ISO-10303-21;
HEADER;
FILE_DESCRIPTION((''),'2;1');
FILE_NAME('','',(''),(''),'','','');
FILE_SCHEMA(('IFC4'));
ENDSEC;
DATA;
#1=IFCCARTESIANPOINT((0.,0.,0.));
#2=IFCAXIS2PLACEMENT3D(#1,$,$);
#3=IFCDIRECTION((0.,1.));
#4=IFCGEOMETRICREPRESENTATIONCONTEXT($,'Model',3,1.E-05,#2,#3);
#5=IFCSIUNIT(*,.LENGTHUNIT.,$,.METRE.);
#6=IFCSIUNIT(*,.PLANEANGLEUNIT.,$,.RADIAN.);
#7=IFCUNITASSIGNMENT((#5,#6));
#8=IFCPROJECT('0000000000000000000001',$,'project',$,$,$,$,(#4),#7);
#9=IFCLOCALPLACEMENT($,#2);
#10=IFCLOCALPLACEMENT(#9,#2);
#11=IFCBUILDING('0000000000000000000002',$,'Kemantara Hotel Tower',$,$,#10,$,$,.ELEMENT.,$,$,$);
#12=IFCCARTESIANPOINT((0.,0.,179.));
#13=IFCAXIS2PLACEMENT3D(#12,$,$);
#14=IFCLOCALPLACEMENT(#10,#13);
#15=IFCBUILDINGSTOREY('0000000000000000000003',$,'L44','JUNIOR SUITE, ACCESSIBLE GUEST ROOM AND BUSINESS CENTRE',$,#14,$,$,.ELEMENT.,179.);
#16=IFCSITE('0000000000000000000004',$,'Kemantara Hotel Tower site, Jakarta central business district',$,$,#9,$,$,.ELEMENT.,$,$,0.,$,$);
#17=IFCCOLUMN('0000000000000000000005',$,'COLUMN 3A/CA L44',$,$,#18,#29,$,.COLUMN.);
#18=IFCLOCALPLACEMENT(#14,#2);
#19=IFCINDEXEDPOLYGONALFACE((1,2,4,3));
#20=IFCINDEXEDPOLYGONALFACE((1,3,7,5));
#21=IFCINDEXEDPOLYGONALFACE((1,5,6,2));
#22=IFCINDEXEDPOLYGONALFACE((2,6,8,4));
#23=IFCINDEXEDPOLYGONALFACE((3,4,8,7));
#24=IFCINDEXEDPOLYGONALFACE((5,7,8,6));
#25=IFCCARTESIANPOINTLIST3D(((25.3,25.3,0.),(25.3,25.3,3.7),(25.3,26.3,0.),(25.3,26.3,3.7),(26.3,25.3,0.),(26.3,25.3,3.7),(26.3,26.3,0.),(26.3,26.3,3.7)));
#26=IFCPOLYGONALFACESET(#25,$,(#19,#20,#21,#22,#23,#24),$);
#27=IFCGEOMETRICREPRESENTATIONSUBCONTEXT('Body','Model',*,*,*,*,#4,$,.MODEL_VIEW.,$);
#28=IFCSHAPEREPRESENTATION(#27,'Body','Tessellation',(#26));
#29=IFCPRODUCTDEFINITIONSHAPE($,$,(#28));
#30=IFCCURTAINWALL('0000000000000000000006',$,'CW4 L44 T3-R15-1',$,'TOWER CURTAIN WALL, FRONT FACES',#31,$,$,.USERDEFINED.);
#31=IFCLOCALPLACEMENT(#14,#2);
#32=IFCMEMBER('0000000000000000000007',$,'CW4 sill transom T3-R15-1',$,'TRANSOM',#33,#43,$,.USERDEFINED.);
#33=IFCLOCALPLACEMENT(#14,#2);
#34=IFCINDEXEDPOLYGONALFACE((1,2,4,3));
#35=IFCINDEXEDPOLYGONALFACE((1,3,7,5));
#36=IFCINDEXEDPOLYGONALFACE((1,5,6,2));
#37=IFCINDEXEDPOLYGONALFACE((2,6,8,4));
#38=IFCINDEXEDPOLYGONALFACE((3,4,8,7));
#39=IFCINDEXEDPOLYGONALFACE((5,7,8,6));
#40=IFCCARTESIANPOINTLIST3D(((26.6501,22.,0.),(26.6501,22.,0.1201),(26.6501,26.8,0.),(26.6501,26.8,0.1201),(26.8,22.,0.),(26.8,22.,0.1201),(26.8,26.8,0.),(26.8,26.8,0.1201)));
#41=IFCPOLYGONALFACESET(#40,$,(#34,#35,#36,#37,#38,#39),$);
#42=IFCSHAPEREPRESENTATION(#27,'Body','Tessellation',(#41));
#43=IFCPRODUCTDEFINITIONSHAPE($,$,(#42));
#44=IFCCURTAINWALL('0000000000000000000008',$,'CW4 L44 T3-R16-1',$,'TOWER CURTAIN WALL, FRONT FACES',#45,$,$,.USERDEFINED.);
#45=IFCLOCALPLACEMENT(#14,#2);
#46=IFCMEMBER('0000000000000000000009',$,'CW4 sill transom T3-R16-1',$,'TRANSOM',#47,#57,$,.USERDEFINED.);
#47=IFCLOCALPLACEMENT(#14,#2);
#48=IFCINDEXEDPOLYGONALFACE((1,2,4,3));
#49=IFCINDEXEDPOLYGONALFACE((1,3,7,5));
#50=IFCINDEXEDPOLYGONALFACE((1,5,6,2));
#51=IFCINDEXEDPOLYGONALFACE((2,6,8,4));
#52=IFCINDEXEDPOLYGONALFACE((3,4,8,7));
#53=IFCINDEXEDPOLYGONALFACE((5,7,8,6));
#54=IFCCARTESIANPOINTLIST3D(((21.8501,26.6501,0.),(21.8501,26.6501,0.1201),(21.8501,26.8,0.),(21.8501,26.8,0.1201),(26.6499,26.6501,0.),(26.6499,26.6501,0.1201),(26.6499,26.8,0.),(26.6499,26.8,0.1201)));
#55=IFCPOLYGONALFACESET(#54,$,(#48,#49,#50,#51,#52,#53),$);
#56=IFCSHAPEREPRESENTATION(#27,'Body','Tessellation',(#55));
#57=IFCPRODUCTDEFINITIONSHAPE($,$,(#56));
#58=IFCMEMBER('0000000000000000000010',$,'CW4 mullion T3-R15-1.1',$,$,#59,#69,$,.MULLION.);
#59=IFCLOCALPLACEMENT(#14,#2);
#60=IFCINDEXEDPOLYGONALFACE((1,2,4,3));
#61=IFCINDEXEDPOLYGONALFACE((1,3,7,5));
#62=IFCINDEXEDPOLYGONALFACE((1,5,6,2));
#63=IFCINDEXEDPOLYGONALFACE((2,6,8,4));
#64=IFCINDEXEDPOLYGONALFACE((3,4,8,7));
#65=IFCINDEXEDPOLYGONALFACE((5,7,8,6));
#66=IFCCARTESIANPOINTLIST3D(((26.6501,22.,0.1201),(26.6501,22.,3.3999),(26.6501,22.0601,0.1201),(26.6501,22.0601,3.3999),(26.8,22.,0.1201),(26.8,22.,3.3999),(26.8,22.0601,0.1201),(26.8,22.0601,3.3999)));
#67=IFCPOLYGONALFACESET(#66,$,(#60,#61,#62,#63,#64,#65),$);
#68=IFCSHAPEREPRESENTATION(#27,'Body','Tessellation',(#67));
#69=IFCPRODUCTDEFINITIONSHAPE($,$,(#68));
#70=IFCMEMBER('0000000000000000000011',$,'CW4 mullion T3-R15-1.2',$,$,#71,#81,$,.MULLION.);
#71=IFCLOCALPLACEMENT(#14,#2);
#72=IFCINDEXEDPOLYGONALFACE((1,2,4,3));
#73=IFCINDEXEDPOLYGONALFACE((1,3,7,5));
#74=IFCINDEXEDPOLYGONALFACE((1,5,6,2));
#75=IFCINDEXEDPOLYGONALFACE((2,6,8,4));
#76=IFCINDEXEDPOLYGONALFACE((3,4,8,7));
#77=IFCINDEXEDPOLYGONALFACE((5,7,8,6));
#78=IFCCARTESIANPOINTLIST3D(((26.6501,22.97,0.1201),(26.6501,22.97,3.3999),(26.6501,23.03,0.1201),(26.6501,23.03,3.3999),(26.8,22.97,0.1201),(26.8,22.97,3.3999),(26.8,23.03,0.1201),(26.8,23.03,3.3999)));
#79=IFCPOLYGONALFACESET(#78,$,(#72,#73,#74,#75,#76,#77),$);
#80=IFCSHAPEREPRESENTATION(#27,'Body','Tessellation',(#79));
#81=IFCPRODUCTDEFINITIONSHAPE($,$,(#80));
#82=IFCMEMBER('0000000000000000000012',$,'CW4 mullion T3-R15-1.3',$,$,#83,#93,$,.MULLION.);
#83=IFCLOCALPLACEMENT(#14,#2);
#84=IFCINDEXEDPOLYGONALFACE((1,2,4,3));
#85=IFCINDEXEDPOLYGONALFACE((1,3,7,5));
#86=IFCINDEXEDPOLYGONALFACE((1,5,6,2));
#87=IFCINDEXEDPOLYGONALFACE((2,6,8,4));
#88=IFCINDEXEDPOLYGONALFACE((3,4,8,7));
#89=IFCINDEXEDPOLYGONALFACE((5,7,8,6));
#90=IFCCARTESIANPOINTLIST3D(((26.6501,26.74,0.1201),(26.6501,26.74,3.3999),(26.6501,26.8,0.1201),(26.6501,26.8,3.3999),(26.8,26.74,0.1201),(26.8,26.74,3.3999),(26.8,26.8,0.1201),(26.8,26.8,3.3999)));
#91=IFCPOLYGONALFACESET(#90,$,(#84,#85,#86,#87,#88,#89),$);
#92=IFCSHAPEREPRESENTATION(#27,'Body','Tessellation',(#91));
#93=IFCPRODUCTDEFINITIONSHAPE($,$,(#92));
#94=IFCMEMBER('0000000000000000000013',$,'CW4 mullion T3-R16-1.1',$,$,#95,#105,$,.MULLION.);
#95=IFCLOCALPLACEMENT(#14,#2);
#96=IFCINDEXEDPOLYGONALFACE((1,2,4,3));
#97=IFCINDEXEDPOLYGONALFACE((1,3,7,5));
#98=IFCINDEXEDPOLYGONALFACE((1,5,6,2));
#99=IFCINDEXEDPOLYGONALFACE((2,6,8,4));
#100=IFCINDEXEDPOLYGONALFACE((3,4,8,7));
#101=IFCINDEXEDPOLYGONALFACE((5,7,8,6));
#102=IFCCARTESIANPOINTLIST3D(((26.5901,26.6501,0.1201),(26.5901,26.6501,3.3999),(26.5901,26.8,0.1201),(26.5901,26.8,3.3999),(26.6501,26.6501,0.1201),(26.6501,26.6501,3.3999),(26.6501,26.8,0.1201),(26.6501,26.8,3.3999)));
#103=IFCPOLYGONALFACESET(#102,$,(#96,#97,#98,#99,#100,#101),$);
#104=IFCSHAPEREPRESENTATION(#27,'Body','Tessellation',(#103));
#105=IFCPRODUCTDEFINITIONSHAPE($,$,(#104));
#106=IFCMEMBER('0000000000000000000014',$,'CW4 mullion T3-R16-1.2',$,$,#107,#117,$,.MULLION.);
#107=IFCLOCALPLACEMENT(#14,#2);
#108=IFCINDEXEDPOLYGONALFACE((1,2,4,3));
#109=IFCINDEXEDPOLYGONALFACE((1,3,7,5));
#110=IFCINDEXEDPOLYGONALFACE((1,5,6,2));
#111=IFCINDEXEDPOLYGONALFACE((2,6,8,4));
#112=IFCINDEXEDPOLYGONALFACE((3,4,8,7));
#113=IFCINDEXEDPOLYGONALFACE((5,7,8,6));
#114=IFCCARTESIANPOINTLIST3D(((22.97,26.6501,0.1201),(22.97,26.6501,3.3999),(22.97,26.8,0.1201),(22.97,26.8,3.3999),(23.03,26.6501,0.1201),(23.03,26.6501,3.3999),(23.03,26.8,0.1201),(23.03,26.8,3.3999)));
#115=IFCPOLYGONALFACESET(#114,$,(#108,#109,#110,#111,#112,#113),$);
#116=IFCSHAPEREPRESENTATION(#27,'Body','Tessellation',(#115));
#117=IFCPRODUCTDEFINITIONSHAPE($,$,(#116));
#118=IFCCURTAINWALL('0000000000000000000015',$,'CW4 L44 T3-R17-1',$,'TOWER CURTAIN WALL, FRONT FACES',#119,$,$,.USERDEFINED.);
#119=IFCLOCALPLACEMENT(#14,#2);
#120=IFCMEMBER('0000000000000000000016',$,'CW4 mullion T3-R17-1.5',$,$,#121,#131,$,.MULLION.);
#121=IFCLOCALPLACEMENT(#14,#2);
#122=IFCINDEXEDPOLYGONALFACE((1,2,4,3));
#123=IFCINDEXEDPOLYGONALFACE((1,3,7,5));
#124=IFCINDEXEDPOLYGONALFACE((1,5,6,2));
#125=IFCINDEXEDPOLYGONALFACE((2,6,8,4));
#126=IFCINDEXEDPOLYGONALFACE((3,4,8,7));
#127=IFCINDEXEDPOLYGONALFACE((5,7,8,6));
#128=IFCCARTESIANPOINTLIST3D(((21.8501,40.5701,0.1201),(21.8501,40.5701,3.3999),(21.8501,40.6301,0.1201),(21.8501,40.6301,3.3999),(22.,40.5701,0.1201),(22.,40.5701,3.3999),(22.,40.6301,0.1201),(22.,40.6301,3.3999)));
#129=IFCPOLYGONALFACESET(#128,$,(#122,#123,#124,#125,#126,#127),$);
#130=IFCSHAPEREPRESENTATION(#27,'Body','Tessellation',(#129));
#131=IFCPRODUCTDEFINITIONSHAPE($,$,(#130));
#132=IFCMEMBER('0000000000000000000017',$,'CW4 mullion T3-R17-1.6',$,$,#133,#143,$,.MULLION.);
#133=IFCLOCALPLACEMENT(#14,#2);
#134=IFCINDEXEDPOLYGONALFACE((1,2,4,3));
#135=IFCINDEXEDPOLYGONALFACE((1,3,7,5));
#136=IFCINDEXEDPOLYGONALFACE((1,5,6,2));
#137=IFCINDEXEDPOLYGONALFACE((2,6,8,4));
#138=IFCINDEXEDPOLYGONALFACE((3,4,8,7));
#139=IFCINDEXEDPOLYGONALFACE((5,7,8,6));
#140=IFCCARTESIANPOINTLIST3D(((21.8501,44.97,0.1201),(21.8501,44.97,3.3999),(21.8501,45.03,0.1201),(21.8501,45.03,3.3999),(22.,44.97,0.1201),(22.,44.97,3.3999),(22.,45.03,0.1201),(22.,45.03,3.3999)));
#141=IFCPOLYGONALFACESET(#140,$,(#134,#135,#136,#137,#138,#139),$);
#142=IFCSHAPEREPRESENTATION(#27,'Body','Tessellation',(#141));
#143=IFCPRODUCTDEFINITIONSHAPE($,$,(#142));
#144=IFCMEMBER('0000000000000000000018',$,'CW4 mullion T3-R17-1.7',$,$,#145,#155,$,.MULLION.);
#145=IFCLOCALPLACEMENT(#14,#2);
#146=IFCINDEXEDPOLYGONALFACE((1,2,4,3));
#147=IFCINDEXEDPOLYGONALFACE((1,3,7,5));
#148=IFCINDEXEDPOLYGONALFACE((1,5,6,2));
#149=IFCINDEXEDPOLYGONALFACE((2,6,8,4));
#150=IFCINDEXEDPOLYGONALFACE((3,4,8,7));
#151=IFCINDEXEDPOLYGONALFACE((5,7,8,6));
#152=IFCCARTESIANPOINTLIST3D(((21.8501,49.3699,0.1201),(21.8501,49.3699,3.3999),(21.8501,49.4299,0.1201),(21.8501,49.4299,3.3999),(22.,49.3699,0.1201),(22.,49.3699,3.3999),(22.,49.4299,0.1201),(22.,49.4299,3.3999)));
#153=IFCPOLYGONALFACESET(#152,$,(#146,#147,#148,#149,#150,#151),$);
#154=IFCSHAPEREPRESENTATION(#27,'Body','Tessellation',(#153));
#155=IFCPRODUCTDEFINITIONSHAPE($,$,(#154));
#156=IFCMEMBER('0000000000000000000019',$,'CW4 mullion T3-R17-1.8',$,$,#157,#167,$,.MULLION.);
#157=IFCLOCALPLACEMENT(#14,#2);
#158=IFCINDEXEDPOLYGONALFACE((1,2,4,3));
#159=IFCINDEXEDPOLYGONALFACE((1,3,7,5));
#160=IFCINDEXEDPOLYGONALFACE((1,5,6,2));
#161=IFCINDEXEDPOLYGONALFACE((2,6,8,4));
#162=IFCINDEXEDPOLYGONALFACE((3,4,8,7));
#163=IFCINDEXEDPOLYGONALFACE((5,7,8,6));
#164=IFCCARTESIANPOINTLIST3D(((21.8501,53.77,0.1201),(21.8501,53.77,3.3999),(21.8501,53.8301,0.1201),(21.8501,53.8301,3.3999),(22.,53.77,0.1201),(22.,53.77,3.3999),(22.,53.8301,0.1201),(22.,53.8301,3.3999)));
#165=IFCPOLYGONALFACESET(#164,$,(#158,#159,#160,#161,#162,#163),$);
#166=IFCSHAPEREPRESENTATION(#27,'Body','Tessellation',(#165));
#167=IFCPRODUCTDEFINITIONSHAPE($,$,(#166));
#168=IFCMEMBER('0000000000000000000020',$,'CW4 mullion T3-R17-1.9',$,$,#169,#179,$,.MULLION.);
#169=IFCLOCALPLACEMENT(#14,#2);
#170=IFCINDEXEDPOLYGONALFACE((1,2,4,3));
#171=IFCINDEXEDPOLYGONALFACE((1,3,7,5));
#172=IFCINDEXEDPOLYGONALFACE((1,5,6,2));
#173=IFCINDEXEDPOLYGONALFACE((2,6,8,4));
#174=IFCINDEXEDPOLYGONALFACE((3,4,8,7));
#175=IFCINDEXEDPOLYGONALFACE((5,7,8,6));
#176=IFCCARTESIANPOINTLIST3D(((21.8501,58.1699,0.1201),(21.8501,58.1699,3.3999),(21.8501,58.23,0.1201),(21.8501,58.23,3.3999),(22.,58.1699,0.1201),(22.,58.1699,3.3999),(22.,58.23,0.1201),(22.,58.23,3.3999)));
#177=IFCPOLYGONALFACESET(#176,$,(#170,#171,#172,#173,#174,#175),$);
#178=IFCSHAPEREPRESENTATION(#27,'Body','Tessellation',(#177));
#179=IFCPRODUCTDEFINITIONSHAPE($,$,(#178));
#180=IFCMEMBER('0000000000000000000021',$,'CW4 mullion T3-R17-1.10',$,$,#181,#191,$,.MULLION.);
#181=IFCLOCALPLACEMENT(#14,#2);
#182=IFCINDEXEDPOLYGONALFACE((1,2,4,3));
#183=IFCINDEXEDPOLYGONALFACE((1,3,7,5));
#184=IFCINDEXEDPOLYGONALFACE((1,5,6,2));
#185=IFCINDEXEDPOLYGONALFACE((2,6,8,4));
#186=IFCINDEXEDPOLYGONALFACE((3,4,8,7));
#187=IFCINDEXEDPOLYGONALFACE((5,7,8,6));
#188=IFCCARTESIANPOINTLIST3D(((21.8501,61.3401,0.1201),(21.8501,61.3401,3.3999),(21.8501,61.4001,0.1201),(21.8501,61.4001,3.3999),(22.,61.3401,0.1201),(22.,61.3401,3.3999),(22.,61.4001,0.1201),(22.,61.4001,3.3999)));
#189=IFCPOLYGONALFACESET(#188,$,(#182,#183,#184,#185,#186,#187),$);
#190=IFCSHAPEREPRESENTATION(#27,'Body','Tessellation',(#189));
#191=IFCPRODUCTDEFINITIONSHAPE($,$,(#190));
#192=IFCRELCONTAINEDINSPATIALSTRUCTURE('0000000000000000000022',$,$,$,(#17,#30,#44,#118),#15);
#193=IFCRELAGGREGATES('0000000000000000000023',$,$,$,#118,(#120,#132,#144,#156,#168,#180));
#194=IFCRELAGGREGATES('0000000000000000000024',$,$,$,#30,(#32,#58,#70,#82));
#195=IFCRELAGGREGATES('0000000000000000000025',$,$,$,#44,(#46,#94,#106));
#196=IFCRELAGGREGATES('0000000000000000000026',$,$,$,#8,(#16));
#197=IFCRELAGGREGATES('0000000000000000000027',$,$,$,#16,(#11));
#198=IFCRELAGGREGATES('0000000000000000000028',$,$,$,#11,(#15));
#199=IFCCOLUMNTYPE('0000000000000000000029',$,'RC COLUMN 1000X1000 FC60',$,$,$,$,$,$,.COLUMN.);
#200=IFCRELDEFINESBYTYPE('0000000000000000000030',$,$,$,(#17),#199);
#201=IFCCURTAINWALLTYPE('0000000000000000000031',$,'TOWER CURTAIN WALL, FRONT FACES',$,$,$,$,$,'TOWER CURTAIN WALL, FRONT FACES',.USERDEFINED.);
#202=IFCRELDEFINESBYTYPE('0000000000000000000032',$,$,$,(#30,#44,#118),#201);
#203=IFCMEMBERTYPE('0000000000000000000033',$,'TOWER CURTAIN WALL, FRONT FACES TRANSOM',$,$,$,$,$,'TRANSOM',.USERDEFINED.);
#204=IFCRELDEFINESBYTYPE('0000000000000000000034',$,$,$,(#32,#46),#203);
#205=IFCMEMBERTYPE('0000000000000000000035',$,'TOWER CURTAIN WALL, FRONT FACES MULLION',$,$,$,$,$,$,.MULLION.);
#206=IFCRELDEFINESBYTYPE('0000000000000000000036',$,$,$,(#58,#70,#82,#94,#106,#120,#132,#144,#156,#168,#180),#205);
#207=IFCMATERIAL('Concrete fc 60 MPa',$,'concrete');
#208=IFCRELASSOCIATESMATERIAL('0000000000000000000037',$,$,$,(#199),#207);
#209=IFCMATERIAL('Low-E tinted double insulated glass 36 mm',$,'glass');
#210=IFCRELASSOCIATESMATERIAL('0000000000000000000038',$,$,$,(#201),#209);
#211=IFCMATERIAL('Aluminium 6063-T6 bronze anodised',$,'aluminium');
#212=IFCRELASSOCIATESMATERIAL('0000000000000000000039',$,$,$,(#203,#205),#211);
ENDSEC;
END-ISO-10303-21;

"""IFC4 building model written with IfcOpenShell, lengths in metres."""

from ifc_helpers import new_model, si_unit, direction, frame, origin, origin_2d, place, context, subcontext, project, spatial, rectangle, extrude, source, transform, mapped, material, material_profile, profile_set, type_object, element, aggregate, save


model = new_model("IFC4")

# Units and contexts
model_context = context("Model", 3, precision=1e-05, world=origin(), true_north=direction((0.0, 1.0)))
body_context = subcontext(model_context, "Body", "Model", "MODEL_VIEW")
ifc_project = project(units=[si_unit("LENGTHUNIT", "METRE"), si_unit("PLANEANGLEUNIT", "RADIAN")], contexts=[model_context])

# Site, building, storey
site_placement = place(None, origin())
site = spatial("IfcSite", under=ifc_project, at=site_placement, Name="Kemantara Hotel Tower site, Jakarta central business district", CompositionType="ELEMENT", RefElevation=0.0)
building_placement = place(site_placement, origin())
building = spatial("IfcBuilding", under=site, at=building_placement, Name="Kemantara Hotel Tower", CompositionType="ELEMENT")
storey_placement = place(building_placement, frame((0.0, 0.0, 179.0)))
storey = spatial("IfcBuildingStorey", under=building, at=storey_placement, Name="L44", Description="JUNIOR SUITE, ACCESSIBLE GUEST ROOM AND BUSINESS CENTRE", CompositionType="ELEMENT", Elevation=179.0)

# Column
ifc_material_1 = material(Name="Concrete fc 60 MPa", Category="concrete")
ifc_material_profile_1 = material_profile(ifc_material_1, rectangle(XDim=1.0, YDim=1.0, at=origin_2d()), Name="RC 1000X1000")
ifc_profile_set_1 = profile_set([ifc_material_profile_1], Name="Concrete fc 60 MPa")
column_type = type_object("IfcColumnType", Name="RC COLUMN 1000X1000 FC60", PredefinedType="COLUMN", material=ifc_profile_set_1)
column_placement = place(storey_placement, frame((25.8, 25.8, 0.0), z_axis=(0.0, 0.0, 1.0), x_axis=(1.0, 0.0, 0.0)))
element("IfcColumn", 1, at=column_placement, inside=storey, type_object=column_type, Name="COLUMN 3A/CA L44", PredefinedType="COLUMN", context=body_context, shape_type="SweptSolid", body=[
    extrude(rectangle(XDim=1.0, YDim=1.0, at=origin_2d()), origin(), (0.0, 0.0, 1.0), 3.7),
])

# Curtain walls, members
ifc_material_2 = material(Name="Low-E tinted double insulated glass 36 mm", Category="glass")
curtain_wall_type = type_object("IfcCurtainWallType", Name="TOWER CURTAIN WALL, FRONT FACES", ElementType="TOWER CURTAIN WALL, FRONT FACES", PredefinedType="USERDEFINED", material=ifc_material_2)
curtain_wall_1_placement = place(storey_placement, origin())
curtain_wall_1 = element("IfcCurtainWall", 2, at=curtain_wall_1_placement, inside=storey, type_object=curtain_wall_type, Name="CW4 L44 T3-R15-1", ObjectType="TOWER CURTAIN WALL, FRONT FACES", PredefinedType="USERDEFINED")
ifc_material_3 = material(Name="Aluminium 6063-T6 bronze anodised", Category="aluminium")
ifc_material_profile_2 = material_profile(ifc_material_3, rectangle(XDim=0.1499, YDim=0.1201, at=origin_2d()), Name="TOWER CURTAIN WALL, FRONT FACES TRANSOM")
ifc_profile_set_2 = profile_set([ifc_material_profile_2], Name="Aluminium 6063-T6 bronze anodised")
member_type_1 = type_object("IfcMemberType", Name="TOWER CURTAIN WALL, FRONT FACES TRANSOM", ElementType="TRANSOM", PredefinedType="USERDEFINED", material=ifc_profile_set_2)
member_1_placement = place(storey_placement, frame((26.7251, 22.0, 0.0601), z_axis=(0.0, 1.0, 0.0), x_axis=(-1.0, 0.0, 0.0)))
member_1 = element("IfcMember", 3, at=member_1_placement, type_object=member_type_1, Name="CW4 sill transom T3-R15-1", ObjectType="TRANSOM", PredefinedType="USERDEFINED", context=body_context, shape_type="SweptSolid", body=[
    extrude(rectangle(XDim=0.1499, YDim=0.1201, at=origin_2d()), origin(), (0.0, 0.0, 1.0), 4.8),
])
curtain_wall_2_placement = place(storey_placement, origin())
curtain_wall_2 = element("IfcCurtainWall", 4, at=curtain_wall_2_placement, inside=storey, type_object=curtain_wall_type, Name="CW4 L44 T3-R16-1", ObjectType="TOWER CURTAIN WALL, FRONT FACES", PredefinedType="USERDEFINED")
member_2_placement = place(storey_placement, frame((26.6499, 26.7251, 0.0601), z_axis=(-1.0, 0.0, 0.0), x_axis=(0.0, -1.0, 0.0)))
member_2 = element("IfcMember", 5, at=member_2_placement, type_object=member_type_1, Name="CW4 sill transom T3-R16-1", ObjectType="TRANSOM", PredefinedType="USERDEFINED", context=body_context, shape_type="SweptSolid", body=[
    extrude(rectangle(XDim=0.1499, YDim=0.1201, at=origin_2d()), origin(), (0.0, 0.0, 1.0), 4.7998),
])

# Members
ifc_material_profile_3 = material_profile(ifc_material_3, rectangle(XDim=0.1499, YDim=0.0601, at=origin_2d()), Name="TOWER CURTAIN WALL, FRONT FACES MULLION")
ifc_profile_set_3 = profile_set([ifc_material_profile_3], Name="Aluminium 6063-T6 bronze anodised")
member_type_2 = type_object("IfcMemberType", Name="TOWER CURTAIN WALL, FRONT FACES MULLION", PredefinedType="MULLION", material=ifc_profile_set_3)
shared_shape_1 = source(origin(), body_context, "Body", "SweptSolid", [
    extrude(rectangle(XDim=0.1499, YDim=0.0601, at=origin_2d()), origin(), (0.0, 0.0, 1.0), 3.2798),
])
member_3_placement = place(storey_placement, frame((26.7251, 22.03, 0.1201), z_axis=(0.0, 0.0, 1.0), x_axis=(-1.0, 0.0, 0.0)))
member_3 = element("IfcMember", 6, at=member_3_placement, type_object=member_type_2, Name="CW4 mullion T3-R15-1.1", PredefinedType="MULLION", context=body_context, shape_type="MappedRepresentation", body=[
    mapped(shared_shape_1, transform((0.0, 0.0, 0.0))),
])
member_4_placement = place(storey_placement, frame((26.7251, 23.0, 0.1201), z_axis=(0.0, 0.0, 1.0), x_axis=(-1.0, 0.0, 0.0)))
member_4 = element("IfcMember", 7, at=member_4_placement, type_object=member_type_2, Name="CW4 mullion T3-R15-1.2", PredefinedType="MULLION", context=body_context, shape_type="MappedRepresentation", body=[
    mapped(shared_shape_1, transform((0.0, 0.0, 0.0))),
])
member_5_placement = place(storey_placement, frame((26.7251, 26.77, 0.1201), z_axis=(0.0, 0.0, 1.0), x_axis=(-1.0, 0.0, 0.0)))
member_5 = element("IfcMember", 8, at=member_5_placement, type_object=member_type_2, Name="CW4 mullion T3-R15-1.3", PredefinedType="MULLION", context=body_context, shape_type="MappedRepresentation", body=[
    mapped(shared_shape_1, transform((0.0, 0.0, 0.0))),
])
member_6_placement = place(storey_placement, frame((26.6201, 26.7251, 0.1201), z_axis=(0.0, 0.0, 1.0), x_axis=(0.0, -1.0, 0.0)))
member_6 = element("IfcMember", 9, at=member_6_placement, type_object=member_type_2, Name="CW4 mullion T3-R16-1.1", PredefinedType="MULLION", context=body_context, shape_type="MappedRepresentation", body=[
    mapped(shared_shape_1, transform((0.0, 0.0, 0.0))),
])
member_7_placement = place(storey_placement, frame((23.0, 26.7251, 0.1201), z_axis=(0.0, 0.0, 1.0), x_axis=(0.0, -1.0, 0.0)))
member_7 = element("IfcMember", 10, at=member_7_placement, type_object=member_type_2, Name="CW4 mullion T3-R16-1.2", PredefinedType="MULLION", context=body_context, shape_type="MappedRepresentation", body=[
    mapped(shared_shape_1, transform((0.0, 0.0, 0.0))),
])

# Curtain wall, members
curtain_wall_3_placement = place(storey_placement, origin())
curtain_wall_3 = element("IfcCurtainWall", 11, at=curtain_wall_3_placement, inside=storey, type_object=curtain_wall_type, Name="CW4 L44 T3-R17-1", ObjectType="TOWER CURTAIN WALL, FRONT FACES", PredefinedType="USERDEFINED")
member_8_placement = place(storey_placement, frame((21.925, 40.6001, 0.1201), z_axis=(0.0, 0.0, 1.0), x_axis=(-1.0, 0.0, 0.0)))
member_8 = element("IfcMember", 12, at=member_8_placement, type_object=member_type_2, Name="CW4 mullion T3-R17-1.5", PredefinedType="MULLION", context=body_context, shape_type="MappedRepresentation", body=[
    mapped(shared_shape_1, transform((0.0, 0.0, 0.0))),
])
member_9_placement = place(storey_placement, frame((21.925, 45.0, 0.1201), z_axis=(0.0, 0.0, 1.0), x_axis=(-1.0, 0.0, 0.0)))
member_9 = element("IfcMember", 13, at=member_9_placement, type_object=member_type_2, Name="CW4 mullion T3-R17-1.6", PredefinedType="MULLION", context=body_context, shape_type="MappedRepresentation", body=[
    mapped(shared_shape_1, transform((0.0, 0.0, 0.0))),
])
member_10_placement = place(storey_placement, frame((21.925, 49.3999, 0.1201), z_axis=(0.0, 0.0, 1.0), x_axis=(-1.0, 0.0, 0.0)))
member_10 = element("IfcMember", 14, at=member_10_placement, type_object=member_type_2, Name="CW4 mullion T3-R17-1.7", PredefinedType="MULLION", context=body_context, shape_type="MappedRepresentation", body=[
    mapped(shared_shape_1, transform((0.0, 0.0, 0.0))),
])
member_11_placement = place(storey_placement, frame((21.925, 53.8, 0.1201), z_axis=(0.0, 0.0, 1.0), x_axis=(-1.0, 0.0, 0.0)))
member_11 = element("IfcMember", 15, at=member_11_placement, type_object=member_type_2, Name="CW4 mullion T3-R17-1.8", PredefinedType="MULLION", context=body_context, shape_type="MappedRepresentation", body=[
    mapped(shared_shape_1, transform((0.0, 0.0, 0.0))),
])
member_12_placement = place(storey_placement, frame((21.925, 58.2, 0.1201), z_axis=(0.0, 0.0, 1.0), x_axis=(-1.0, 0.0, 0.0)))
member_12 = element("IfcMember", 16, at=member_12_placement, type_object=member_type_2, Name="CW4 mullion T3-R17-1.9", PredefinedType="MULLION", context=body_context, shape_type="MappedRepresentation", body=[
    mapped(shared_shape_1, transform((0.0, 0.0, 0.0))),
])
member_13_placement = place(storey_placement, frame((21.925, 61.3701, 0.1201), z_axis=(0.0, 0.0, 1.0), x_axis=(-1.0, 0.0, 0.0)))
member_13 = element("IfcMember", 17, at=member_13_placement, type_object=member_type_2, Name="CW4 mullion T3-R17-1.10", PredefinedType="MULLION", context=body_context, shape_type="MappedRepresentation", body=[
    mapped(shared_shape_1, transform((0.0, 0.0, 0.0))),
])
aggregate(curtain_wall_3, [member_8, member_9, member_10, member_11, member_12, member_13])

aggregate(curtain_wall_1, [member_1, member_3, member_4, member_5])
aggregate(curtain_wall_2, [member_2, member_6, member_7])

save(model, "model.ifc")
